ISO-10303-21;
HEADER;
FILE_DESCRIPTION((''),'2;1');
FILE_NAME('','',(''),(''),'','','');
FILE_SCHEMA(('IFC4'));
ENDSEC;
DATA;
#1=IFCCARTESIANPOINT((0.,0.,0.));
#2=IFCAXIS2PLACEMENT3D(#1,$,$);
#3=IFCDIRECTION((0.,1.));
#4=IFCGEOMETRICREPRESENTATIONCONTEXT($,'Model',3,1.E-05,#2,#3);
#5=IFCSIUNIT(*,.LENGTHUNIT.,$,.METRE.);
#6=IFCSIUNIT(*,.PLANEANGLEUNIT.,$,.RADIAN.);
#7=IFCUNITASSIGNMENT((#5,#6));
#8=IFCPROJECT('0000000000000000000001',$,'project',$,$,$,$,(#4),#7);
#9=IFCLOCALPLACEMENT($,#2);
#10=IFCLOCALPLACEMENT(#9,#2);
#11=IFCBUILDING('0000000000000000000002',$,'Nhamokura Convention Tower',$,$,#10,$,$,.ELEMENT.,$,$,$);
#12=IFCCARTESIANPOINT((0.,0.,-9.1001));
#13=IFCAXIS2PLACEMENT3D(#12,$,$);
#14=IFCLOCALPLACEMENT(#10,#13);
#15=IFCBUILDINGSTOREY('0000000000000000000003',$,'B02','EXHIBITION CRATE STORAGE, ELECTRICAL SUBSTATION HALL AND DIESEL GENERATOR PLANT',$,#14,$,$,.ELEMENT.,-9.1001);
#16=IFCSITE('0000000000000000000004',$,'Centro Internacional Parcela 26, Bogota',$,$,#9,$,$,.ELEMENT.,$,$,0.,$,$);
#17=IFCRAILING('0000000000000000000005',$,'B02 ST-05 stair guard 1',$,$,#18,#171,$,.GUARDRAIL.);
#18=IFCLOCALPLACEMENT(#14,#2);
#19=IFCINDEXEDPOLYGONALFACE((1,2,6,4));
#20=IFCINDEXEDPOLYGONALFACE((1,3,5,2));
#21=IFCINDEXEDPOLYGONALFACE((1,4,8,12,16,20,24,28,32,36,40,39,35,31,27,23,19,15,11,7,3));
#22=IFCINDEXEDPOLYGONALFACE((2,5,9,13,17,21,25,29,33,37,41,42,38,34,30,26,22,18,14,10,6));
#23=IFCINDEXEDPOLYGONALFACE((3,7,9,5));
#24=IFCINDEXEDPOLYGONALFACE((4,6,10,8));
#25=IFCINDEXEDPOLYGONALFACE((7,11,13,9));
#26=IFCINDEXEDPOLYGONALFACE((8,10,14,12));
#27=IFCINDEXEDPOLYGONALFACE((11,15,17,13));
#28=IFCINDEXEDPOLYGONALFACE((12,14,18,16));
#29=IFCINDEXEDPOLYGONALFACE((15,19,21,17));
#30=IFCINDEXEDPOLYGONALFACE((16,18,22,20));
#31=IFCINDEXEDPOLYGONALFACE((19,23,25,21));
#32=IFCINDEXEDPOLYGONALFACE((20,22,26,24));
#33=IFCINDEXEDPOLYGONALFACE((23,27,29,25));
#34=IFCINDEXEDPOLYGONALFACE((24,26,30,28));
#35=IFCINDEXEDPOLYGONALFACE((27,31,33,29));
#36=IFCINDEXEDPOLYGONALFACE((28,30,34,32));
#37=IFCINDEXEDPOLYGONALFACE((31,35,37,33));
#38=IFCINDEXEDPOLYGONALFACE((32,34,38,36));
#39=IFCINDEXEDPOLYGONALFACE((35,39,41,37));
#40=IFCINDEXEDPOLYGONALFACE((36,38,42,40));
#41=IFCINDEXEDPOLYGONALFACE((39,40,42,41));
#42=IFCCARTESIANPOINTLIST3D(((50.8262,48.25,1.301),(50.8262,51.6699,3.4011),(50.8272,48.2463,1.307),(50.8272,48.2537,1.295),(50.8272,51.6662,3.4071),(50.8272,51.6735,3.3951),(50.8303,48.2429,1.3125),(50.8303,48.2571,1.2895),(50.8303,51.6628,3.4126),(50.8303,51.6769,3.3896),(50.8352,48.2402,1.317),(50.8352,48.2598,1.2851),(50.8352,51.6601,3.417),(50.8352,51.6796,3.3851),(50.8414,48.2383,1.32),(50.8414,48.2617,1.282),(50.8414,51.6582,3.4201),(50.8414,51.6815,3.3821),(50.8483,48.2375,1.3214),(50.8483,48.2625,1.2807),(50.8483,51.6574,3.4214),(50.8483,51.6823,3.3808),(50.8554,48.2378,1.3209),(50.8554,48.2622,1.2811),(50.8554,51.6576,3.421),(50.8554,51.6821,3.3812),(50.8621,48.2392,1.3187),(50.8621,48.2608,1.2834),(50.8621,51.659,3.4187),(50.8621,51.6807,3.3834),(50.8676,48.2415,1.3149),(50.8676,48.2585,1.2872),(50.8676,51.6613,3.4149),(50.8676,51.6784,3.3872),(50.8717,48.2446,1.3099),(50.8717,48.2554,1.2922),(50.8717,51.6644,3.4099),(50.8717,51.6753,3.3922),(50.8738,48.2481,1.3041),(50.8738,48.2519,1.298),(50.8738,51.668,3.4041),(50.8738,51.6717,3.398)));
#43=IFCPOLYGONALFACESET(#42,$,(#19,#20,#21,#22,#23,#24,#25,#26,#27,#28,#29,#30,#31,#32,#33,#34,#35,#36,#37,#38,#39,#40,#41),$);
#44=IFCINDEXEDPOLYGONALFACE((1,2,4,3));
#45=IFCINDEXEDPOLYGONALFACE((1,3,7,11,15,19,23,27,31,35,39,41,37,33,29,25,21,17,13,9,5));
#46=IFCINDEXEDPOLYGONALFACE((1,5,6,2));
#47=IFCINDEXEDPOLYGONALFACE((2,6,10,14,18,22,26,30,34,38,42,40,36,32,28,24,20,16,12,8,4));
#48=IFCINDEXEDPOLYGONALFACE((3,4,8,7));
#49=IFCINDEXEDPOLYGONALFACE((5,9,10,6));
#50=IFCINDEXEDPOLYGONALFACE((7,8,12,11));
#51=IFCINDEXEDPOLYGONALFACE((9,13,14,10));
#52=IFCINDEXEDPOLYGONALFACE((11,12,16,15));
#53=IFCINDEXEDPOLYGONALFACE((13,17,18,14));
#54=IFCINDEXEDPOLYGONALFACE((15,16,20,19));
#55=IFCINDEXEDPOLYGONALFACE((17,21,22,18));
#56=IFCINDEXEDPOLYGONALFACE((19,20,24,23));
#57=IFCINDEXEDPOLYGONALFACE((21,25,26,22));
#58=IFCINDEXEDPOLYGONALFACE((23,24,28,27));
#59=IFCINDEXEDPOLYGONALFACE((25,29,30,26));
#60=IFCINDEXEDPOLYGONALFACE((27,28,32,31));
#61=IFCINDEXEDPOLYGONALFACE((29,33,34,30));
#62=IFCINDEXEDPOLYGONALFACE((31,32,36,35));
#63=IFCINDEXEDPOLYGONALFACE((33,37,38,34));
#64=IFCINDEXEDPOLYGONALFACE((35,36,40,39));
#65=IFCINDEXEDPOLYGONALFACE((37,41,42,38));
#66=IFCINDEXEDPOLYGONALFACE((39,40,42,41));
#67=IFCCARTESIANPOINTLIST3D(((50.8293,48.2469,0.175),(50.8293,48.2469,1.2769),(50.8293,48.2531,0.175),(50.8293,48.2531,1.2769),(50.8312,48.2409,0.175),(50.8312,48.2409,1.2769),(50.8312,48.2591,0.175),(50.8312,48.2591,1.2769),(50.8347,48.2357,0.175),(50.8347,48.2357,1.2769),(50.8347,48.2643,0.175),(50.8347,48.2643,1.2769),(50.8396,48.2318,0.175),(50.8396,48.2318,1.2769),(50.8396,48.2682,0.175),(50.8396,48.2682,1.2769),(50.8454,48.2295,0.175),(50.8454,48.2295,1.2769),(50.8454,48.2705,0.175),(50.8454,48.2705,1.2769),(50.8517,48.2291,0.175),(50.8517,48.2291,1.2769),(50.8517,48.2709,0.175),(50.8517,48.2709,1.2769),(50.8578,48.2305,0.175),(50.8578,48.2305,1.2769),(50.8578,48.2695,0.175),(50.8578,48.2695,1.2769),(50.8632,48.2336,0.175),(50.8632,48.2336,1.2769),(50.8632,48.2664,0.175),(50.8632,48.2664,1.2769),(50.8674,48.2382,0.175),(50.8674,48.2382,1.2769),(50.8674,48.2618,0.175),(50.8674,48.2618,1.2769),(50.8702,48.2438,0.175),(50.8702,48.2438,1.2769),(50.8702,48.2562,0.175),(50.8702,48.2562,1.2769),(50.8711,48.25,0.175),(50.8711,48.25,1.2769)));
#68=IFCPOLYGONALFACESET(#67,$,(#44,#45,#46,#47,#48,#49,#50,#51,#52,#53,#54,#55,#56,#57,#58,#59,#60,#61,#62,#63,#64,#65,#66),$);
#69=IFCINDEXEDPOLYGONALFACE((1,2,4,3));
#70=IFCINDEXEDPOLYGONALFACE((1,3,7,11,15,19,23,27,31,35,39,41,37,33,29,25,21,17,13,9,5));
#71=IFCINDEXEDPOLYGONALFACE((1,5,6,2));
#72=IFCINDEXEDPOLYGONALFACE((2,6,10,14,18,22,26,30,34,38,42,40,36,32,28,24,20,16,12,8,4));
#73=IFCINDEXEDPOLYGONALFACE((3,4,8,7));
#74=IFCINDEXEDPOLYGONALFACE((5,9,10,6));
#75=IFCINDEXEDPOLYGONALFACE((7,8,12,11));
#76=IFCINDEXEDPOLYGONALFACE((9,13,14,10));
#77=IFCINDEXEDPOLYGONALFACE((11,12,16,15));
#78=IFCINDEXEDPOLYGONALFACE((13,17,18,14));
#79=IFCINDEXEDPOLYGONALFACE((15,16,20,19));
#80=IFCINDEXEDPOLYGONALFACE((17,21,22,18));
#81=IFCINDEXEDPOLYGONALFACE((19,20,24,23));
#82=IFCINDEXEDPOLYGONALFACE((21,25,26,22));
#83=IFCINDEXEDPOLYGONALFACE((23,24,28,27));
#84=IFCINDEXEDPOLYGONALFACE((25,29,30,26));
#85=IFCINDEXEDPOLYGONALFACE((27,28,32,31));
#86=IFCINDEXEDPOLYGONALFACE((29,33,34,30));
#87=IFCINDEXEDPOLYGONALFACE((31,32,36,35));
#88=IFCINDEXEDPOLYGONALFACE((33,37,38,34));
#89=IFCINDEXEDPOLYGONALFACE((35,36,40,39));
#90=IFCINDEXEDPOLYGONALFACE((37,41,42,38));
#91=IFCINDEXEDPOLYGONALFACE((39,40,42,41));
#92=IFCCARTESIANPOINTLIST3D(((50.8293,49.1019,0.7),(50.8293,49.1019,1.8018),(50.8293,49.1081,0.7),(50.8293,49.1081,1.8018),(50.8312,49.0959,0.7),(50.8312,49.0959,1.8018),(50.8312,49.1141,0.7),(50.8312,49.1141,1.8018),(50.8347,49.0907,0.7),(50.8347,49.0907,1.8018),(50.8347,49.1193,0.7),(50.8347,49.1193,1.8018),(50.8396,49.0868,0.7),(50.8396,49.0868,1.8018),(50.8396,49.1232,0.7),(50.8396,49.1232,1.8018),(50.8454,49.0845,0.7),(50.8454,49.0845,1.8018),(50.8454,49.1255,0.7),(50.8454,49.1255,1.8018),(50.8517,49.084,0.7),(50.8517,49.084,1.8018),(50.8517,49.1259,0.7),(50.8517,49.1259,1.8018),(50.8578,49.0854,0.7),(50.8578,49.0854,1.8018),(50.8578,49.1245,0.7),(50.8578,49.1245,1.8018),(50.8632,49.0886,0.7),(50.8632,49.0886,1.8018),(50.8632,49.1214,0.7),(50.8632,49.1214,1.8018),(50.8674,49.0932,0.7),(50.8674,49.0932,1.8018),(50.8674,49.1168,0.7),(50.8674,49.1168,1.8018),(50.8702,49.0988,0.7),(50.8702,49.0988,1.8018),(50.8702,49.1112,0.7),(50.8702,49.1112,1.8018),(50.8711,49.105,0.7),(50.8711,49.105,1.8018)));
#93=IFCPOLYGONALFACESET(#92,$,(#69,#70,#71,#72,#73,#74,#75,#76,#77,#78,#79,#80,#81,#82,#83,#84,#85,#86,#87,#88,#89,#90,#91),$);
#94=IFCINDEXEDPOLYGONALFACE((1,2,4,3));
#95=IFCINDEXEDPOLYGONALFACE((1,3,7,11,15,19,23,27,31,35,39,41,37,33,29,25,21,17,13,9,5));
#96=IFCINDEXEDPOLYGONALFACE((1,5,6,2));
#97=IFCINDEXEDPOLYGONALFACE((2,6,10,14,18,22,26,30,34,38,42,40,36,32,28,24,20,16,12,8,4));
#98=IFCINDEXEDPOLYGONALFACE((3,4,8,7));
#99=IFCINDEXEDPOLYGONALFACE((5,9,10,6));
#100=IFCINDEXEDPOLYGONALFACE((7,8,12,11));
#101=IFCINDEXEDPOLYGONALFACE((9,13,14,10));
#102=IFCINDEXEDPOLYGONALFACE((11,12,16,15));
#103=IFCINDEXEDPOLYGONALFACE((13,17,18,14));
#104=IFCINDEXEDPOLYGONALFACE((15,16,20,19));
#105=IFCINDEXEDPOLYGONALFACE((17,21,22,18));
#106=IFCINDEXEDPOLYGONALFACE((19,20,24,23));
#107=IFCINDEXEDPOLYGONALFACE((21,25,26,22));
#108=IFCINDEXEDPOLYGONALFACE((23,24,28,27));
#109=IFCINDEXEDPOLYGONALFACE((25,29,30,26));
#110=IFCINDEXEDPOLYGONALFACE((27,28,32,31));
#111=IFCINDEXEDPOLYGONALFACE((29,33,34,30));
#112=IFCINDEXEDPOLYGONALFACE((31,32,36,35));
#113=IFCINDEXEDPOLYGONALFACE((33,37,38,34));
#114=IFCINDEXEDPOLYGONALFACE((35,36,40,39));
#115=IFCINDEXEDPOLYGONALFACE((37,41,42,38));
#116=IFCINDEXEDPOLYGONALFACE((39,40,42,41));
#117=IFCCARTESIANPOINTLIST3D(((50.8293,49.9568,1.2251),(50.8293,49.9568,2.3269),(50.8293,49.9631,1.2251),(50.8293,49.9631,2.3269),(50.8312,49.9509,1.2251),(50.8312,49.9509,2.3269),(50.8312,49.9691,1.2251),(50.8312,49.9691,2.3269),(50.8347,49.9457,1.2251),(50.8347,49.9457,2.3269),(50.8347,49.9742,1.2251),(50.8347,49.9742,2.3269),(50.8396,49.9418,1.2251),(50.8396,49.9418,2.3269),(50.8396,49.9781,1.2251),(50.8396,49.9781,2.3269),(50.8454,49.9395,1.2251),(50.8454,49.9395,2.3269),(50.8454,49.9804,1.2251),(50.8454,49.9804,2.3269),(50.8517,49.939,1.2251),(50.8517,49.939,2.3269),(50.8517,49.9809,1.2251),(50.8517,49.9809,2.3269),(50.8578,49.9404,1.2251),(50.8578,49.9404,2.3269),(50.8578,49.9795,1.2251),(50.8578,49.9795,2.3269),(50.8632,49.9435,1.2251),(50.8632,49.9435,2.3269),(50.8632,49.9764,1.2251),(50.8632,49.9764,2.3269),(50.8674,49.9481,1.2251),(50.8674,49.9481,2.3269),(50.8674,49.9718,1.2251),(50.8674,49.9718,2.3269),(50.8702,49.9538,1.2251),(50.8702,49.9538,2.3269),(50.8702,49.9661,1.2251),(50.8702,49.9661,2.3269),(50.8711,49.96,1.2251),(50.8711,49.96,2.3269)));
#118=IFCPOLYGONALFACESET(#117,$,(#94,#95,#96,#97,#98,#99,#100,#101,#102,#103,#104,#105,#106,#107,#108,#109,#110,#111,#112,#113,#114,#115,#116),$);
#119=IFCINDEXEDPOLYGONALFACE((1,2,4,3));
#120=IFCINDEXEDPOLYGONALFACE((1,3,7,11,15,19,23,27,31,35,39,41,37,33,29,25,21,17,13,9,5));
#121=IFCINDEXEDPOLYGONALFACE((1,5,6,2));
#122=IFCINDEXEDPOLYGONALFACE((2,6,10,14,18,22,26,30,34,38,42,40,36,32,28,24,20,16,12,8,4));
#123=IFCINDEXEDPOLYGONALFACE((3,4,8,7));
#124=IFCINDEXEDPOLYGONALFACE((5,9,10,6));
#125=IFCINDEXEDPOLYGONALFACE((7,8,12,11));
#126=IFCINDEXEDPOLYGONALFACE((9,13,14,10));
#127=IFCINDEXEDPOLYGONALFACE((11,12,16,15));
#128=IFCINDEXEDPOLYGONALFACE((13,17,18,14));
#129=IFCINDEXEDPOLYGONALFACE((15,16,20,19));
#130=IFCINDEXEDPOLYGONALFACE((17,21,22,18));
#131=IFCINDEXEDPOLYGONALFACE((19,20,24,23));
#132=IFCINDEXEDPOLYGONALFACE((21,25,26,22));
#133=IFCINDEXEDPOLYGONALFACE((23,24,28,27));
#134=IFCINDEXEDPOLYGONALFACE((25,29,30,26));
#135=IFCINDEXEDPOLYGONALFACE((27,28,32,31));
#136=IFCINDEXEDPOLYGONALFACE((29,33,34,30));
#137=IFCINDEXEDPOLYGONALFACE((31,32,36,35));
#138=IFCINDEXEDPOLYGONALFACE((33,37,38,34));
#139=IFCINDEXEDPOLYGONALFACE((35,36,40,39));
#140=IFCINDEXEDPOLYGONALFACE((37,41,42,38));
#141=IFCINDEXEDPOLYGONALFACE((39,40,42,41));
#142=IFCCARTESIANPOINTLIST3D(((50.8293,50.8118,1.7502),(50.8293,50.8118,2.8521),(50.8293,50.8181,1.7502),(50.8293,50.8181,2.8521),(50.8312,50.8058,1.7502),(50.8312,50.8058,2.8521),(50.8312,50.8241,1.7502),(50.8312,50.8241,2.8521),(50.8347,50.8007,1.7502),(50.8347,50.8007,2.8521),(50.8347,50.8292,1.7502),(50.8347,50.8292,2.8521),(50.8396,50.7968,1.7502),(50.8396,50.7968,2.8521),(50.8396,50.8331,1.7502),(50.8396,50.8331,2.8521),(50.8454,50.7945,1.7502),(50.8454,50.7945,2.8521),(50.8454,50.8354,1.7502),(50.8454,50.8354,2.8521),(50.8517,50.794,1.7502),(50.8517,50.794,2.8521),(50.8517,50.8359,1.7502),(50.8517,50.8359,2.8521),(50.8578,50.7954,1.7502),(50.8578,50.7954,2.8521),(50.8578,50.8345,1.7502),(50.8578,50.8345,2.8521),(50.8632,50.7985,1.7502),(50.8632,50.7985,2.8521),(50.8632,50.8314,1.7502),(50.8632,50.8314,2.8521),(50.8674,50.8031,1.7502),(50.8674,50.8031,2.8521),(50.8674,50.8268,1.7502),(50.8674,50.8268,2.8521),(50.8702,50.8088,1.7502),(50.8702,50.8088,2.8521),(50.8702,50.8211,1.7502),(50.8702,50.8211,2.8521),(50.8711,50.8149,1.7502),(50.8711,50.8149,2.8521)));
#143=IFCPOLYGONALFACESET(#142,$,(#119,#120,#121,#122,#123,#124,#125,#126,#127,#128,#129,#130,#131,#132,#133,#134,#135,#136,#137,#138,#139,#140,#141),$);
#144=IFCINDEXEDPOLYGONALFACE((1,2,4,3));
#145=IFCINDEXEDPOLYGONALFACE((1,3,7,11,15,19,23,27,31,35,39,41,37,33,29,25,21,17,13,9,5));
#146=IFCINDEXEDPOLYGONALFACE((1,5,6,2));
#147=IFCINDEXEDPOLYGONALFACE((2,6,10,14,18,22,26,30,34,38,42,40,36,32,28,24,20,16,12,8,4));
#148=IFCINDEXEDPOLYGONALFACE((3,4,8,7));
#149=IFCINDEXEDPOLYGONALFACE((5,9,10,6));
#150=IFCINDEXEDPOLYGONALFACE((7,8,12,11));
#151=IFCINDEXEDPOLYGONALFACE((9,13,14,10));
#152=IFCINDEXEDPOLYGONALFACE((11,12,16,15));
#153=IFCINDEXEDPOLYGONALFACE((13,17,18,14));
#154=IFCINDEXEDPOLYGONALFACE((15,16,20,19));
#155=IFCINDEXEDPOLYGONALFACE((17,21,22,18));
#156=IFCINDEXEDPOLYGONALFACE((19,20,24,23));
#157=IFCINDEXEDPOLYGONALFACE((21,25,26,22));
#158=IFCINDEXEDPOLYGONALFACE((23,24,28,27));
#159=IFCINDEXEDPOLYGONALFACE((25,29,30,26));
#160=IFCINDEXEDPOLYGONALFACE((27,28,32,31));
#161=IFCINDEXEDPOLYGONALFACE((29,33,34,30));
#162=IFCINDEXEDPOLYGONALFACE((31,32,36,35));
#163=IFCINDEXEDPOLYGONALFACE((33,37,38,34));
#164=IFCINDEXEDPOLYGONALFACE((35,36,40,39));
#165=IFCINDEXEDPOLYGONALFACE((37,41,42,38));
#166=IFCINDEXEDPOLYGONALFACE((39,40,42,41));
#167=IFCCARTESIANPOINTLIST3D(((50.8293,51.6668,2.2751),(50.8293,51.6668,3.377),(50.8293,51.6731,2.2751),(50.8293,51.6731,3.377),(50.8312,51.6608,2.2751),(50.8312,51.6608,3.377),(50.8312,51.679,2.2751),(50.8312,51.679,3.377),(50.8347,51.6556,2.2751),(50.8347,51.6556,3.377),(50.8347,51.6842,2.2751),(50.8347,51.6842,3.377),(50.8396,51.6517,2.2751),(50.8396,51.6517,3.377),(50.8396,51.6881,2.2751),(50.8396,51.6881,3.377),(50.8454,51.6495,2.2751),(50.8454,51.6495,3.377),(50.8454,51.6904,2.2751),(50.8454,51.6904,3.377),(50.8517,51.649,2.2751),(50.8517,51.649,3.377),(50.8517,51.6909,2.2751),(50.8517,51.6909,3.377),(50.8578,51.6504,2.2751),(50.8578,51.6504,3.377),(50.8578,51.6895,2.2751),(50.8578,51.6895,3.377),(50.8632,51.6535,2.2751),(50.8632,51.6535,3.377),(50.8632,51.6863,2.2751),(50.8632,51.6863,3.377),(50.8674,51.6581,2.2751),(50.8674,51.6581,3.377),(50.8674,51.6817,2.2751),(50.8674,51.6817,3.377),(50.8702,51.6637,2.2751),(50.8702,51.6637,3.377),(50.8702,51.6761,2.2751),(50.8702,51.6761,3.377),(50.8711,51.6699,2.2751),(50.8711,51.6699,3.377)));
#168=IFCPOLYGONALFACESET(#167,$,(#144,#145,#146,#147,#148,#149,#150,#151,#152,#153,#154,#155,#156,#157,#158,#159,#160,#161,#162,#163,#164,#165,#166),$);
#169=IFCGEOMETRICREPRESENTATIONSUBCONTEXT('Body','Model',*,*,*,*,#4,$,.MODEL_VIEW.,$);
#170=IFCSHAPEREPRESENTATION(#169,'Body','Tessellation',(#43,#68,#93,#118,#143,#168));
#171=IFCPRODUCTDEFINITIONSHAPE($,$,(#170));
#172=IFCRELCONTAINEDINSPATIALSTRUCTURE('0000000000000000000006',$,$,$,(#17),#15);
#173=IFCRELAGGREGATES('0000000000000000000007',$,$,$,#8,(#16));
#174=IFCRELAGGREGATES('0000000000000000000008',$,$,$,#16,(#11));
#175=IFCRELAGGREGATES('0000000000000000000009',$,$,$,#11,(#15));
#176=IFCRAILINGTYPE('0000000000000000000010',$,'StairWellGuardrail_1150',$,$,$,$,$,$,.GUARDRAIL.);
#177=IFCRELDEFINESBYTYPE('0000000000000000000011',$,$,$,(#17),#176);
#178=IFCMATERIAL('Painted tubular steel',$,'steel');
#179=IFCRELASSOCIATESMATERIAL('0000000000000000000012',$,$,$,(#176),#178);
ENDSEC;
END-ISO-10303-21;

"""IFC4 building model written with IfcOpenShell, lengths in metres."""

from ifc_helpers import new_model, si_unit, direction, frame, origin, origin_2d, place, context, subcontext, project, spatial, circle, extrude, material, type_object, element, save


model = new_model("IFC4")

# Units and contexts
model_context = context("Model", 3, precision=1e-05, world=origin(), true_north=direction((0.0, 1.0)))
body_context = subcontext(model_context, "Body", "Model", "MODEL_VIEW")
ifc_project = project(units=[si_unit("LENGTHUNIT", "METRE"), si_unit("PLANEANGLEUNIT", "RADIAN")], contexts=[model_context])

# Site, building, storey
site_placement = place(None, origin())
site = spatial("IfcSite", under=ifc_project, at=site_placement, Name="Centro Internacional Parcela 26, Bogota", CompositionType="ELEMENT", RefElevation=0.0)
building_placement = place(site_placement, origin())
building = spatial("IfcBuilding", under=site, at=building_placement, Name="Nhamokura Convention Tower", CompositionType="ELEMENT")
storey_placement = place(building_placement, frame((0.0, 0.0, -9.1001)))
storey = spatial("IfcBuildingStorey", under=building, at=storey_placement, Name="B02", Description="EXHIBITION CRATE STORAGE, ELECTRICAL SUBSTATION HALL AND DIESEL GENERATOR PLANT", CompositionType="ELEMENT", Elevation=-9.1001)

# Railing
ifc_material_1 = material(Name="Painted tubular steel", Category="steel")
railing_type_1 = type_object("IfcRailingType", Name="StairWellGuardrail_1150", PredefinedType="GUARDRAIL", material=ifc_material_1)
railing_1_placement = place(storey_placement, frame((50.8501, 48.25, 0.175)))
element("IfcRailing", 1, at=railing_1_placement, inside=storey, type_object=railing_type_1, Name="B02 ST-05 stair guard 1", PredefinedType="GUARDRAIL", context=body_context, shape_type="SweptSolid", body=[
    extrude(circle(Radius=0.0239, at=origin_2d()), frame((0.0, 0.0, 1.126), z_axis=(0.0, 0.852155, 0.523289), x_axis=(-1.0, 0.0, 0.0)), (0.0, 0.0, 1.0), 4.0132),
    extrude(circle(Radius=0.021, at=origin_2d()), origin(), (0.0, 0.0, 1.0), 1.1018),
    extrude(circle(Radius=0.021, at=origin_2d()), frame((0.0, 0.855, 0.5249)), (0.0, 0.0, 1.0), 1.1018),
    extrude(circle(Radius=0.021, at=origin_2d()), frame((0.0, 1.71, 1.05)), (0.0, 0.0, 1.0), 1.1018),
    extrude(circle(Radius=0.021, at=origin_2d()), frame((0.0, 2.5649, 1.5752)), (0.0, 0.0, 1.0), 1.1018),
    extrude(circle(Radius=0.021, at=origin_2d()), frame((0.0, 3.4199, 2.1001)), (0.0, 0.0, 1.0), 1.1018),
])

save(model, "model.ifc")
